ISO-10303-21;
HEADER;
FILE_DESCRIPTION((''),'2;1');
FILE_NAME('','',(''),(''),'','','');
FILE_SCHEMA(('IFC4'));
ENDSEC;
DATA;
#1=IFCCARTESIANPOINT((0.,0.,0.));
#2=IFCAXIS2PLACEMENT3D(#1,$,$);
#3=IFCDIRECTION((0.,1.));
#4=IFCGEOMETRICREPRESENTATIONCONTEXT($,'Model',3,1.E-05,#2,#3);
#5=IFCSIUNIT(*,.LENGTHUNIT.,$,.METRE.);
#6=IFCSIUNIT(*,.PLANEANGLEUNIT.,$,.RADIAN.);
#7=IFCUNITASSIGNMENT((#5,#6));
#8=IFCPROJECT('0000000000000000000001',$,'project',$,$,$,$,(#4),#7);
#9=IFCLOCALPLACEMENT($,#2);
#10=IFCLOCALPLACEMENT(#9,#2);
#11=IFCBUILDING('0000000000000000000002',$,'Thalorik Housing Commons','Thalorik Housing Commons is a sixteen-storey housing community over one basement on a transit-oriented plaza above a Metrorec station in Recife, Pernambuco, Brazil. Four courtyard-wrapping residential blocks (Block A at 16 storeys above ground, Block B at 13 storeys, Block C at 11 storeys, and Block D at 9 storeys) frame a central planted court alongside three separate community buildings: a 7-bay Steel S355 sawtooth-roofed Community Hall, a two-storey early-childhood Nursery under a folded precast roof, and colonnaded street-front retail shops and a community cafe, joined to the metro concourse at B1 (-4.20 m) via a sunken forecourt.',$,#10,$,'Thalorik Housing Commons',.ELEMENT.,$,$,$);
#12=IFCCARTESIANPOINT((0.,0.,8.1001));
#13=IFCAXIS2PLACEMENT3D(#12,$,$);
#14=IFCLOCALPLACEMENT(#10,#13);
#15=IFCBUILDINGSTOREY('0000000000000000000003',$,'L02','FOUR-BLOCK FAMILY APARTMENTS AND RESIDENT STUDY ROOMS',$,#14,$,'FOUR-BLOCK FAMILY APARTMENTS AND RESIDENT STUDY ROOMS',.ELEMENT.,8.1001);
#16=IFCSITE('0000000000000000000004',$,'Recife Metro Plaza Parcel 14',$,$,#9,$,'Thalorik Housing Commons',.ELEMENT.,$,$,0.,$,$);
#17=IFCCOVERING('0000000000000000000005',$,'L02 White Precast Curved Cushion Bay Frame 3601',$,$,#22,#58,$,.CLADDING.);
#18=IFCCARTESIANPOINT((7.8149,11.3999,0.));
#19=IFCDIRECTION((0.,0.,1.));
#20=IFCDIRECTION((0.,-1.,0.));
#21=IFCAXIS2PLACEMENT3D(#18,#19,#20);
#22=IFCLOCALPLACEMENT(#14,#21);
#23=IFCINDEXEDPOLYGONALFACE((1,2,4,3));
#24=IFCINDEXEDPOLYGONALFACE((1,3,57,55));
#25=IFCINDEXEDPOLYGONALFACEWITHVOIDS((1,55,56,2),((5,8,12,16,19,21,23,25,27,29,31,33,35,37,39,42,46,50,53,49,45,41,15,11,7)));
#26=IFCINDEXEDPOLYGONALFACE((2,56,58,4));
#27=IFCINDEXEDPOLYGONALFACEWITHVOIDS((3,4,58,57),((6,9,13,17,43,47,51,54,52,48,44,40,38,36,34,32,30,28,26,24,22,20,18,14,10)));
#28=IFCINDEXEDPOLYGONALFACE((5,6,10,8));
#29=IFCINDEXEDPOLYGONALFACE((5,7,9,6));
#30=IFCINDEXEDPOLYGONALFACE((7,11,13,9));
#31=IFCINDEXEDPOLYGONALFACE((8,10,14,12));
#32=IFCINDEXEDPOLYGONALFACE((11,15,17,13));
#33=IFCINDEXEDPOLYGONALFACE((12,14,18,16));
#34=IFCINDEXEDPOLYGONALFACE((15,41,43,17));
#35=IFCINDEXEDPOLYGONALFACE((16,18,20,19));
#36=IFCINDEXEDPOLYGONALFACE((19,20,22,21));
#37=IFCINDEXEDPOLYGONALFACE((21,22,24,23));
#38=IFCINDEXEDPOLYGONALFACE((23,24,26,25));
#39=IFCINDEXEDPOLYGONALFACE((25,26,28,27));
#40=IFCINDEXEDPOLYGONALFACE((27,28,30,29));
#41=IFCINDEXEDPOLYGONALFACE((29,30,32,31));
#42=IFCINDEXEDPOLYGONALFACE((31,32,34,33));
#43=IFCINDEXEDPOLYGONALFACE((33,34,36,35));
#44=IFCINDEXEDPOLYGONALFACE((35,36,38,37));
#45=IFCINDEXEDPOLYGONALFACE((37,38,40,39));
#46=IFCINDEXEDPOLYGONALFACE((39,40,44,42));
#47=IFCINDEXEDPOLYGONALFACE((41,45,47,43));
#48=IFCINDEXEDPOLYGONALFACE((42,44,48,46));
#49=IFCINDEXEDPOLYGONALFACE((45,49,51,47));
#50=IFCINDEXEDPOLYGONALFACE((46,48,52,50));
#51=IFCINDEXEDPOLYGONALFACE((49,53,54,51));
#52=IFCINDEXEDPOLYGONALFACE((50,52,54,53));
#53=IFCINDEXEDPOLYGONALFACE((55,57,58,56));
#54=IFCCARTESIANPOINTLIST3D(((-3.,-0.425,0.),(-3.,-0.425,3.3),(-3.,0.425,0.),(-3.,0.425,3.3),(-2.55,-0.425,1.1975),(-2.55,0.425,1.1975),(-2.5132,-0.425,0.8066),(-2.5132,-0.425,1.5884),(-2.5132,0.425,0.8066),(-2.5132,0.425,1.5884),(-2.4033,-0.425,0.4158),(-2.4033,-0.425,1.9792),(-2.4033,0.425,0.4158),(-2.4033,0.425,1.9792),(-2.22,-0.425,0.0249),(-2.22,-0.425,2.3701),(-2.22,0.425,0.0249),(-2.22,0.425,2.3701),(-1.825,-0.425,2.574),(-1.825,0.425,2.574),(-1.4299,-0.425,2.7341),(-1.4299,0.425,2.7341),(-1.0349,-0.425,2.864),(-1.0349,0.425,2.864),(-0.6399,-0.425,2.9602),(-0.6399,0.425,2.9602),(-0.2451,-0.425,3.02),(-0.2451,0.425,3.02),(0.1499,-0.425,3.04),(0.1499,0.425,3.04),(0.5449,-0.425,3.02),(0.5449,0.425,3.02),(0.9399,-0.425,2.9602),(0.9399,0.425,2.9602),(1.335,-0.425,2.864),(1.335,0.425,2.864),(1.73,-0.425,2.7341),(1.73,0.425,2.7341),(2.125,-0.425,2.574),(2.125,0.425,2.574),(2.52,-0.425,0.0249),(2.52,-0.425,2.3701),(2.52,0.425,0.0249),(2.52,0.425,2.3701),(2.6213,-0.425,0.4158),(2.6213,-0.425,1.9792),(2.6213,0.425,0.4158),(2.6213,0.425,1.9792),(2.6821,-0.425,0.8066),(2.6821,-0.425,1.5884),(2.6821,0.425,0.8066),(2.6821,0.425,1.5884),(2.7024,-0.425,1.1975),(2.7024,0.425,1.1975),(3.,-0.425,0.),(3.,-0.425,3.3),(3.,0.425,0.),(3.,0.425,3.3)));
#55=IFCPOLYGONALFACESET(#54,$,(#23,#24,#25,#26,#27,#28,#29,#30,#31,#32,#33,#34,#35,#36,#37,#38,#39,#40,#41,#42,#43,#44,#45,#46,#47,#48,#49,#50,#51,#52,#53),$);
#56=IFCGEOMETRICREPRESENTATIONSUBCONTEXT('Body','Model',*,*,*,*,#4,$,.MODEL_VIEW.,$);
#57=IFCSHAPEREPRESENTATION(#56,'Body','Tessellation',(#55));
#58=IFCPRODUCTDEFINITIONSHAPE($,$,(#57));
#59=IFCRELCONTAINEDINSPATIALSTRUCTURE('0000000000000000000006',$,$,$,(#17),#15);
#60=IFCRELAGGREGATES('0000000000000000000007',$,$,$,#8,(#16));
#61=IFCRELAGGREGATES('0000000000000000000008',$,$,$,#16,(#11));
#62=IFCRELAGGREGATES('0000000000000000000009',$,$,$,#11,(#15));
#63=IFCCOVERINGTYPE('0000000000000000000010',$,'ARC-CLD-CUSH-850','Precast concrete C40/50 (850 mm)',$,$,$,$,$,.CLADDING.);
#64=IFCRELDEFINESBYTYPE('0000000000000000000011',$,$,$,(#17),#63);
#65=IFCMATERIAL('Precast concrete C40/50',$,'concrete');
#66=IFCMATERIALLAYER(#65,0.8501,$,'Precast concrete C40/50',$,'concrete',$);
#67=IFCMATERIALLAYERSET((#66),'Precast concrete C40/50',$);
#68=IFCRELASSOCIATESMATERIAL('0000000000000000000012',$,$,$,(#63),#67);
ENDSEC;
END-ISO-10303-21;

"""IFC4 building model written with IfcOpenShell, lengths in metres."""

from ifc_helpers import new_model, si_unit, direction, frame, origin, place, context, subcontext, project, spatial, polyline, outline, extrude, material, layer, layer_set, type_object, element, save


model = new_model("IFC4")

# Units and contexts
model_context = context("Model", 3, precision=1e-05, world=origin(), true_north=direction((0.0, 1.0)))
body_context = subcontext(model_context, "Body", "Model", "MODEL_VIEW")
ifc_project = project(units=[si_unit("LENGTHUNIT", "METRE"), si_unit("PLANEANGLEUNIT", "RADIAN")], contexts=[model_context])

# Site, building, storey
site_placement = place(None, origin())
site = spatial("IfcSite", under=ifc_project, at=site_placement, Name="Recife Metro Plaza Parcel 14", LongName="Thalorik Housing Commons", CompositionType="ELEMENT", RefElevation=0.0)
building_placement = place(site_placement, origin())
building = spatial("IfcBuilding", under=site, at=building_placement, Name="Thalorik Housing Commons", Description="Thalorik Housing Commons is a sixteen-storey housing community over one basement on a transit-oriented plaza above a Metrorec station in Recife, Pernambuco, Brazil. Four courtyard-wrapping residential blocks (Block A at 16 storeys above ground, Block B at 13 storeys, Block C at 11 storeys, and Block D at 9 storeys) frame a central planted court alongside three separate community buildings: a 7-bay Steel S355 sawtooth-roofed Community Hall, a two-storey early-childhood Nursery under a folded precast roof, and colonnaded street-front retail shops and a community cafe, joined to the metro concourse at B1 (-4.20 m) via a sunken forecourt.", LongName="Thalorik Housing Commons", CompositionType="ELEMENT")
storey_placement = place(building_placement, frame((0.0, 0.0, 8.1001)))
storey = spatial("IfcBuildingStorey", under=building, at=storey_placement, Name="L02", Description="FOUR-BLOCK FAMILY APARTMENTS AND RESIDENT STUDY ROOMS", LongName="FOUR-BLOCK FAMILY APARTMENTS AND RESIDENT STUDY ROOMS", CompositionType="ELEMENT", Elevation=8.1001)

# Shared definitions
ifc_material_1 = material(Name="Precast concrete C40/50", Category="concrete")

# Covering
ifc_layer_1 = layer(ifc_material_1, 0.8501, Name="Precast concrete C40/50", Category="concrete")
ifc_layer_set_1 = layer_set([ifc_layer_1], Name="Precast concrete C40/50")
covering_type_1 = type_object("IfcCoveringType", Name="ARC-CLD-CUSH-850", Description="Precast concrete C40/50 (850 mm)", PredefinedType="CLADDING", material=ifc_layer_set_1)
covering_1_placement = place(storey_placement, frame((7.8149, 11.3999, 0.0), z_axis=(0.0, 0.0, 1.0), x_axis=(0.0, -1.0, 0.0)))
element("IfcCovering", 1, at=covering_1_placement, inside=storey, type_object=covering_type_1, Name="L02 White Precast Curved Cushion Bay Frame 3601", PredefinedType="CLADDING", context=body_context, shape_type="SweptSolid", body=[
    extrude(outline(polyline([(-3.0, 0.0), (3.0, 0.0), (3.0, 3.3), (-3.0, 3.3), (-3.0, 0.0)]), holes=[polyline([(2.52, 0.0249), (2.6213, 0.4158), (2.6821, 0.8066), (2.7024, 1.1975), (2.6821, 1.5884), (2.6213, 1.9792), (2.52, 2.3701), (2.125, 2.574), (1.73, 2.7341), (1.335, 2.864), (0.9399, 2.9602), (0.5449, 3.02), (0.1499, 3.04), (-0.2451, 3.02), (-0.6399, 2.9602), (-1.0349, 2.864), (-1.4299, 2.7341), (-1.825, 2.574), (-2.22, 2.3701), (-2.4033, 1.9792), (-2.5132, 1.5884), (-2.55, 1.1975), (-2.5132, 0.8066), (-2.4033, 0.4158), (-2.22, 0.0249), (2.52, 0.0249)])]), frame((0.0, 0.425, 0.0), z_axis=(0.0, -1.0, 0.0), x_axis=(1.0, 0.0, 0.0)), (0.0, 0.0, 1.0), 0.8501),
])

save(model, "model.ifc")
